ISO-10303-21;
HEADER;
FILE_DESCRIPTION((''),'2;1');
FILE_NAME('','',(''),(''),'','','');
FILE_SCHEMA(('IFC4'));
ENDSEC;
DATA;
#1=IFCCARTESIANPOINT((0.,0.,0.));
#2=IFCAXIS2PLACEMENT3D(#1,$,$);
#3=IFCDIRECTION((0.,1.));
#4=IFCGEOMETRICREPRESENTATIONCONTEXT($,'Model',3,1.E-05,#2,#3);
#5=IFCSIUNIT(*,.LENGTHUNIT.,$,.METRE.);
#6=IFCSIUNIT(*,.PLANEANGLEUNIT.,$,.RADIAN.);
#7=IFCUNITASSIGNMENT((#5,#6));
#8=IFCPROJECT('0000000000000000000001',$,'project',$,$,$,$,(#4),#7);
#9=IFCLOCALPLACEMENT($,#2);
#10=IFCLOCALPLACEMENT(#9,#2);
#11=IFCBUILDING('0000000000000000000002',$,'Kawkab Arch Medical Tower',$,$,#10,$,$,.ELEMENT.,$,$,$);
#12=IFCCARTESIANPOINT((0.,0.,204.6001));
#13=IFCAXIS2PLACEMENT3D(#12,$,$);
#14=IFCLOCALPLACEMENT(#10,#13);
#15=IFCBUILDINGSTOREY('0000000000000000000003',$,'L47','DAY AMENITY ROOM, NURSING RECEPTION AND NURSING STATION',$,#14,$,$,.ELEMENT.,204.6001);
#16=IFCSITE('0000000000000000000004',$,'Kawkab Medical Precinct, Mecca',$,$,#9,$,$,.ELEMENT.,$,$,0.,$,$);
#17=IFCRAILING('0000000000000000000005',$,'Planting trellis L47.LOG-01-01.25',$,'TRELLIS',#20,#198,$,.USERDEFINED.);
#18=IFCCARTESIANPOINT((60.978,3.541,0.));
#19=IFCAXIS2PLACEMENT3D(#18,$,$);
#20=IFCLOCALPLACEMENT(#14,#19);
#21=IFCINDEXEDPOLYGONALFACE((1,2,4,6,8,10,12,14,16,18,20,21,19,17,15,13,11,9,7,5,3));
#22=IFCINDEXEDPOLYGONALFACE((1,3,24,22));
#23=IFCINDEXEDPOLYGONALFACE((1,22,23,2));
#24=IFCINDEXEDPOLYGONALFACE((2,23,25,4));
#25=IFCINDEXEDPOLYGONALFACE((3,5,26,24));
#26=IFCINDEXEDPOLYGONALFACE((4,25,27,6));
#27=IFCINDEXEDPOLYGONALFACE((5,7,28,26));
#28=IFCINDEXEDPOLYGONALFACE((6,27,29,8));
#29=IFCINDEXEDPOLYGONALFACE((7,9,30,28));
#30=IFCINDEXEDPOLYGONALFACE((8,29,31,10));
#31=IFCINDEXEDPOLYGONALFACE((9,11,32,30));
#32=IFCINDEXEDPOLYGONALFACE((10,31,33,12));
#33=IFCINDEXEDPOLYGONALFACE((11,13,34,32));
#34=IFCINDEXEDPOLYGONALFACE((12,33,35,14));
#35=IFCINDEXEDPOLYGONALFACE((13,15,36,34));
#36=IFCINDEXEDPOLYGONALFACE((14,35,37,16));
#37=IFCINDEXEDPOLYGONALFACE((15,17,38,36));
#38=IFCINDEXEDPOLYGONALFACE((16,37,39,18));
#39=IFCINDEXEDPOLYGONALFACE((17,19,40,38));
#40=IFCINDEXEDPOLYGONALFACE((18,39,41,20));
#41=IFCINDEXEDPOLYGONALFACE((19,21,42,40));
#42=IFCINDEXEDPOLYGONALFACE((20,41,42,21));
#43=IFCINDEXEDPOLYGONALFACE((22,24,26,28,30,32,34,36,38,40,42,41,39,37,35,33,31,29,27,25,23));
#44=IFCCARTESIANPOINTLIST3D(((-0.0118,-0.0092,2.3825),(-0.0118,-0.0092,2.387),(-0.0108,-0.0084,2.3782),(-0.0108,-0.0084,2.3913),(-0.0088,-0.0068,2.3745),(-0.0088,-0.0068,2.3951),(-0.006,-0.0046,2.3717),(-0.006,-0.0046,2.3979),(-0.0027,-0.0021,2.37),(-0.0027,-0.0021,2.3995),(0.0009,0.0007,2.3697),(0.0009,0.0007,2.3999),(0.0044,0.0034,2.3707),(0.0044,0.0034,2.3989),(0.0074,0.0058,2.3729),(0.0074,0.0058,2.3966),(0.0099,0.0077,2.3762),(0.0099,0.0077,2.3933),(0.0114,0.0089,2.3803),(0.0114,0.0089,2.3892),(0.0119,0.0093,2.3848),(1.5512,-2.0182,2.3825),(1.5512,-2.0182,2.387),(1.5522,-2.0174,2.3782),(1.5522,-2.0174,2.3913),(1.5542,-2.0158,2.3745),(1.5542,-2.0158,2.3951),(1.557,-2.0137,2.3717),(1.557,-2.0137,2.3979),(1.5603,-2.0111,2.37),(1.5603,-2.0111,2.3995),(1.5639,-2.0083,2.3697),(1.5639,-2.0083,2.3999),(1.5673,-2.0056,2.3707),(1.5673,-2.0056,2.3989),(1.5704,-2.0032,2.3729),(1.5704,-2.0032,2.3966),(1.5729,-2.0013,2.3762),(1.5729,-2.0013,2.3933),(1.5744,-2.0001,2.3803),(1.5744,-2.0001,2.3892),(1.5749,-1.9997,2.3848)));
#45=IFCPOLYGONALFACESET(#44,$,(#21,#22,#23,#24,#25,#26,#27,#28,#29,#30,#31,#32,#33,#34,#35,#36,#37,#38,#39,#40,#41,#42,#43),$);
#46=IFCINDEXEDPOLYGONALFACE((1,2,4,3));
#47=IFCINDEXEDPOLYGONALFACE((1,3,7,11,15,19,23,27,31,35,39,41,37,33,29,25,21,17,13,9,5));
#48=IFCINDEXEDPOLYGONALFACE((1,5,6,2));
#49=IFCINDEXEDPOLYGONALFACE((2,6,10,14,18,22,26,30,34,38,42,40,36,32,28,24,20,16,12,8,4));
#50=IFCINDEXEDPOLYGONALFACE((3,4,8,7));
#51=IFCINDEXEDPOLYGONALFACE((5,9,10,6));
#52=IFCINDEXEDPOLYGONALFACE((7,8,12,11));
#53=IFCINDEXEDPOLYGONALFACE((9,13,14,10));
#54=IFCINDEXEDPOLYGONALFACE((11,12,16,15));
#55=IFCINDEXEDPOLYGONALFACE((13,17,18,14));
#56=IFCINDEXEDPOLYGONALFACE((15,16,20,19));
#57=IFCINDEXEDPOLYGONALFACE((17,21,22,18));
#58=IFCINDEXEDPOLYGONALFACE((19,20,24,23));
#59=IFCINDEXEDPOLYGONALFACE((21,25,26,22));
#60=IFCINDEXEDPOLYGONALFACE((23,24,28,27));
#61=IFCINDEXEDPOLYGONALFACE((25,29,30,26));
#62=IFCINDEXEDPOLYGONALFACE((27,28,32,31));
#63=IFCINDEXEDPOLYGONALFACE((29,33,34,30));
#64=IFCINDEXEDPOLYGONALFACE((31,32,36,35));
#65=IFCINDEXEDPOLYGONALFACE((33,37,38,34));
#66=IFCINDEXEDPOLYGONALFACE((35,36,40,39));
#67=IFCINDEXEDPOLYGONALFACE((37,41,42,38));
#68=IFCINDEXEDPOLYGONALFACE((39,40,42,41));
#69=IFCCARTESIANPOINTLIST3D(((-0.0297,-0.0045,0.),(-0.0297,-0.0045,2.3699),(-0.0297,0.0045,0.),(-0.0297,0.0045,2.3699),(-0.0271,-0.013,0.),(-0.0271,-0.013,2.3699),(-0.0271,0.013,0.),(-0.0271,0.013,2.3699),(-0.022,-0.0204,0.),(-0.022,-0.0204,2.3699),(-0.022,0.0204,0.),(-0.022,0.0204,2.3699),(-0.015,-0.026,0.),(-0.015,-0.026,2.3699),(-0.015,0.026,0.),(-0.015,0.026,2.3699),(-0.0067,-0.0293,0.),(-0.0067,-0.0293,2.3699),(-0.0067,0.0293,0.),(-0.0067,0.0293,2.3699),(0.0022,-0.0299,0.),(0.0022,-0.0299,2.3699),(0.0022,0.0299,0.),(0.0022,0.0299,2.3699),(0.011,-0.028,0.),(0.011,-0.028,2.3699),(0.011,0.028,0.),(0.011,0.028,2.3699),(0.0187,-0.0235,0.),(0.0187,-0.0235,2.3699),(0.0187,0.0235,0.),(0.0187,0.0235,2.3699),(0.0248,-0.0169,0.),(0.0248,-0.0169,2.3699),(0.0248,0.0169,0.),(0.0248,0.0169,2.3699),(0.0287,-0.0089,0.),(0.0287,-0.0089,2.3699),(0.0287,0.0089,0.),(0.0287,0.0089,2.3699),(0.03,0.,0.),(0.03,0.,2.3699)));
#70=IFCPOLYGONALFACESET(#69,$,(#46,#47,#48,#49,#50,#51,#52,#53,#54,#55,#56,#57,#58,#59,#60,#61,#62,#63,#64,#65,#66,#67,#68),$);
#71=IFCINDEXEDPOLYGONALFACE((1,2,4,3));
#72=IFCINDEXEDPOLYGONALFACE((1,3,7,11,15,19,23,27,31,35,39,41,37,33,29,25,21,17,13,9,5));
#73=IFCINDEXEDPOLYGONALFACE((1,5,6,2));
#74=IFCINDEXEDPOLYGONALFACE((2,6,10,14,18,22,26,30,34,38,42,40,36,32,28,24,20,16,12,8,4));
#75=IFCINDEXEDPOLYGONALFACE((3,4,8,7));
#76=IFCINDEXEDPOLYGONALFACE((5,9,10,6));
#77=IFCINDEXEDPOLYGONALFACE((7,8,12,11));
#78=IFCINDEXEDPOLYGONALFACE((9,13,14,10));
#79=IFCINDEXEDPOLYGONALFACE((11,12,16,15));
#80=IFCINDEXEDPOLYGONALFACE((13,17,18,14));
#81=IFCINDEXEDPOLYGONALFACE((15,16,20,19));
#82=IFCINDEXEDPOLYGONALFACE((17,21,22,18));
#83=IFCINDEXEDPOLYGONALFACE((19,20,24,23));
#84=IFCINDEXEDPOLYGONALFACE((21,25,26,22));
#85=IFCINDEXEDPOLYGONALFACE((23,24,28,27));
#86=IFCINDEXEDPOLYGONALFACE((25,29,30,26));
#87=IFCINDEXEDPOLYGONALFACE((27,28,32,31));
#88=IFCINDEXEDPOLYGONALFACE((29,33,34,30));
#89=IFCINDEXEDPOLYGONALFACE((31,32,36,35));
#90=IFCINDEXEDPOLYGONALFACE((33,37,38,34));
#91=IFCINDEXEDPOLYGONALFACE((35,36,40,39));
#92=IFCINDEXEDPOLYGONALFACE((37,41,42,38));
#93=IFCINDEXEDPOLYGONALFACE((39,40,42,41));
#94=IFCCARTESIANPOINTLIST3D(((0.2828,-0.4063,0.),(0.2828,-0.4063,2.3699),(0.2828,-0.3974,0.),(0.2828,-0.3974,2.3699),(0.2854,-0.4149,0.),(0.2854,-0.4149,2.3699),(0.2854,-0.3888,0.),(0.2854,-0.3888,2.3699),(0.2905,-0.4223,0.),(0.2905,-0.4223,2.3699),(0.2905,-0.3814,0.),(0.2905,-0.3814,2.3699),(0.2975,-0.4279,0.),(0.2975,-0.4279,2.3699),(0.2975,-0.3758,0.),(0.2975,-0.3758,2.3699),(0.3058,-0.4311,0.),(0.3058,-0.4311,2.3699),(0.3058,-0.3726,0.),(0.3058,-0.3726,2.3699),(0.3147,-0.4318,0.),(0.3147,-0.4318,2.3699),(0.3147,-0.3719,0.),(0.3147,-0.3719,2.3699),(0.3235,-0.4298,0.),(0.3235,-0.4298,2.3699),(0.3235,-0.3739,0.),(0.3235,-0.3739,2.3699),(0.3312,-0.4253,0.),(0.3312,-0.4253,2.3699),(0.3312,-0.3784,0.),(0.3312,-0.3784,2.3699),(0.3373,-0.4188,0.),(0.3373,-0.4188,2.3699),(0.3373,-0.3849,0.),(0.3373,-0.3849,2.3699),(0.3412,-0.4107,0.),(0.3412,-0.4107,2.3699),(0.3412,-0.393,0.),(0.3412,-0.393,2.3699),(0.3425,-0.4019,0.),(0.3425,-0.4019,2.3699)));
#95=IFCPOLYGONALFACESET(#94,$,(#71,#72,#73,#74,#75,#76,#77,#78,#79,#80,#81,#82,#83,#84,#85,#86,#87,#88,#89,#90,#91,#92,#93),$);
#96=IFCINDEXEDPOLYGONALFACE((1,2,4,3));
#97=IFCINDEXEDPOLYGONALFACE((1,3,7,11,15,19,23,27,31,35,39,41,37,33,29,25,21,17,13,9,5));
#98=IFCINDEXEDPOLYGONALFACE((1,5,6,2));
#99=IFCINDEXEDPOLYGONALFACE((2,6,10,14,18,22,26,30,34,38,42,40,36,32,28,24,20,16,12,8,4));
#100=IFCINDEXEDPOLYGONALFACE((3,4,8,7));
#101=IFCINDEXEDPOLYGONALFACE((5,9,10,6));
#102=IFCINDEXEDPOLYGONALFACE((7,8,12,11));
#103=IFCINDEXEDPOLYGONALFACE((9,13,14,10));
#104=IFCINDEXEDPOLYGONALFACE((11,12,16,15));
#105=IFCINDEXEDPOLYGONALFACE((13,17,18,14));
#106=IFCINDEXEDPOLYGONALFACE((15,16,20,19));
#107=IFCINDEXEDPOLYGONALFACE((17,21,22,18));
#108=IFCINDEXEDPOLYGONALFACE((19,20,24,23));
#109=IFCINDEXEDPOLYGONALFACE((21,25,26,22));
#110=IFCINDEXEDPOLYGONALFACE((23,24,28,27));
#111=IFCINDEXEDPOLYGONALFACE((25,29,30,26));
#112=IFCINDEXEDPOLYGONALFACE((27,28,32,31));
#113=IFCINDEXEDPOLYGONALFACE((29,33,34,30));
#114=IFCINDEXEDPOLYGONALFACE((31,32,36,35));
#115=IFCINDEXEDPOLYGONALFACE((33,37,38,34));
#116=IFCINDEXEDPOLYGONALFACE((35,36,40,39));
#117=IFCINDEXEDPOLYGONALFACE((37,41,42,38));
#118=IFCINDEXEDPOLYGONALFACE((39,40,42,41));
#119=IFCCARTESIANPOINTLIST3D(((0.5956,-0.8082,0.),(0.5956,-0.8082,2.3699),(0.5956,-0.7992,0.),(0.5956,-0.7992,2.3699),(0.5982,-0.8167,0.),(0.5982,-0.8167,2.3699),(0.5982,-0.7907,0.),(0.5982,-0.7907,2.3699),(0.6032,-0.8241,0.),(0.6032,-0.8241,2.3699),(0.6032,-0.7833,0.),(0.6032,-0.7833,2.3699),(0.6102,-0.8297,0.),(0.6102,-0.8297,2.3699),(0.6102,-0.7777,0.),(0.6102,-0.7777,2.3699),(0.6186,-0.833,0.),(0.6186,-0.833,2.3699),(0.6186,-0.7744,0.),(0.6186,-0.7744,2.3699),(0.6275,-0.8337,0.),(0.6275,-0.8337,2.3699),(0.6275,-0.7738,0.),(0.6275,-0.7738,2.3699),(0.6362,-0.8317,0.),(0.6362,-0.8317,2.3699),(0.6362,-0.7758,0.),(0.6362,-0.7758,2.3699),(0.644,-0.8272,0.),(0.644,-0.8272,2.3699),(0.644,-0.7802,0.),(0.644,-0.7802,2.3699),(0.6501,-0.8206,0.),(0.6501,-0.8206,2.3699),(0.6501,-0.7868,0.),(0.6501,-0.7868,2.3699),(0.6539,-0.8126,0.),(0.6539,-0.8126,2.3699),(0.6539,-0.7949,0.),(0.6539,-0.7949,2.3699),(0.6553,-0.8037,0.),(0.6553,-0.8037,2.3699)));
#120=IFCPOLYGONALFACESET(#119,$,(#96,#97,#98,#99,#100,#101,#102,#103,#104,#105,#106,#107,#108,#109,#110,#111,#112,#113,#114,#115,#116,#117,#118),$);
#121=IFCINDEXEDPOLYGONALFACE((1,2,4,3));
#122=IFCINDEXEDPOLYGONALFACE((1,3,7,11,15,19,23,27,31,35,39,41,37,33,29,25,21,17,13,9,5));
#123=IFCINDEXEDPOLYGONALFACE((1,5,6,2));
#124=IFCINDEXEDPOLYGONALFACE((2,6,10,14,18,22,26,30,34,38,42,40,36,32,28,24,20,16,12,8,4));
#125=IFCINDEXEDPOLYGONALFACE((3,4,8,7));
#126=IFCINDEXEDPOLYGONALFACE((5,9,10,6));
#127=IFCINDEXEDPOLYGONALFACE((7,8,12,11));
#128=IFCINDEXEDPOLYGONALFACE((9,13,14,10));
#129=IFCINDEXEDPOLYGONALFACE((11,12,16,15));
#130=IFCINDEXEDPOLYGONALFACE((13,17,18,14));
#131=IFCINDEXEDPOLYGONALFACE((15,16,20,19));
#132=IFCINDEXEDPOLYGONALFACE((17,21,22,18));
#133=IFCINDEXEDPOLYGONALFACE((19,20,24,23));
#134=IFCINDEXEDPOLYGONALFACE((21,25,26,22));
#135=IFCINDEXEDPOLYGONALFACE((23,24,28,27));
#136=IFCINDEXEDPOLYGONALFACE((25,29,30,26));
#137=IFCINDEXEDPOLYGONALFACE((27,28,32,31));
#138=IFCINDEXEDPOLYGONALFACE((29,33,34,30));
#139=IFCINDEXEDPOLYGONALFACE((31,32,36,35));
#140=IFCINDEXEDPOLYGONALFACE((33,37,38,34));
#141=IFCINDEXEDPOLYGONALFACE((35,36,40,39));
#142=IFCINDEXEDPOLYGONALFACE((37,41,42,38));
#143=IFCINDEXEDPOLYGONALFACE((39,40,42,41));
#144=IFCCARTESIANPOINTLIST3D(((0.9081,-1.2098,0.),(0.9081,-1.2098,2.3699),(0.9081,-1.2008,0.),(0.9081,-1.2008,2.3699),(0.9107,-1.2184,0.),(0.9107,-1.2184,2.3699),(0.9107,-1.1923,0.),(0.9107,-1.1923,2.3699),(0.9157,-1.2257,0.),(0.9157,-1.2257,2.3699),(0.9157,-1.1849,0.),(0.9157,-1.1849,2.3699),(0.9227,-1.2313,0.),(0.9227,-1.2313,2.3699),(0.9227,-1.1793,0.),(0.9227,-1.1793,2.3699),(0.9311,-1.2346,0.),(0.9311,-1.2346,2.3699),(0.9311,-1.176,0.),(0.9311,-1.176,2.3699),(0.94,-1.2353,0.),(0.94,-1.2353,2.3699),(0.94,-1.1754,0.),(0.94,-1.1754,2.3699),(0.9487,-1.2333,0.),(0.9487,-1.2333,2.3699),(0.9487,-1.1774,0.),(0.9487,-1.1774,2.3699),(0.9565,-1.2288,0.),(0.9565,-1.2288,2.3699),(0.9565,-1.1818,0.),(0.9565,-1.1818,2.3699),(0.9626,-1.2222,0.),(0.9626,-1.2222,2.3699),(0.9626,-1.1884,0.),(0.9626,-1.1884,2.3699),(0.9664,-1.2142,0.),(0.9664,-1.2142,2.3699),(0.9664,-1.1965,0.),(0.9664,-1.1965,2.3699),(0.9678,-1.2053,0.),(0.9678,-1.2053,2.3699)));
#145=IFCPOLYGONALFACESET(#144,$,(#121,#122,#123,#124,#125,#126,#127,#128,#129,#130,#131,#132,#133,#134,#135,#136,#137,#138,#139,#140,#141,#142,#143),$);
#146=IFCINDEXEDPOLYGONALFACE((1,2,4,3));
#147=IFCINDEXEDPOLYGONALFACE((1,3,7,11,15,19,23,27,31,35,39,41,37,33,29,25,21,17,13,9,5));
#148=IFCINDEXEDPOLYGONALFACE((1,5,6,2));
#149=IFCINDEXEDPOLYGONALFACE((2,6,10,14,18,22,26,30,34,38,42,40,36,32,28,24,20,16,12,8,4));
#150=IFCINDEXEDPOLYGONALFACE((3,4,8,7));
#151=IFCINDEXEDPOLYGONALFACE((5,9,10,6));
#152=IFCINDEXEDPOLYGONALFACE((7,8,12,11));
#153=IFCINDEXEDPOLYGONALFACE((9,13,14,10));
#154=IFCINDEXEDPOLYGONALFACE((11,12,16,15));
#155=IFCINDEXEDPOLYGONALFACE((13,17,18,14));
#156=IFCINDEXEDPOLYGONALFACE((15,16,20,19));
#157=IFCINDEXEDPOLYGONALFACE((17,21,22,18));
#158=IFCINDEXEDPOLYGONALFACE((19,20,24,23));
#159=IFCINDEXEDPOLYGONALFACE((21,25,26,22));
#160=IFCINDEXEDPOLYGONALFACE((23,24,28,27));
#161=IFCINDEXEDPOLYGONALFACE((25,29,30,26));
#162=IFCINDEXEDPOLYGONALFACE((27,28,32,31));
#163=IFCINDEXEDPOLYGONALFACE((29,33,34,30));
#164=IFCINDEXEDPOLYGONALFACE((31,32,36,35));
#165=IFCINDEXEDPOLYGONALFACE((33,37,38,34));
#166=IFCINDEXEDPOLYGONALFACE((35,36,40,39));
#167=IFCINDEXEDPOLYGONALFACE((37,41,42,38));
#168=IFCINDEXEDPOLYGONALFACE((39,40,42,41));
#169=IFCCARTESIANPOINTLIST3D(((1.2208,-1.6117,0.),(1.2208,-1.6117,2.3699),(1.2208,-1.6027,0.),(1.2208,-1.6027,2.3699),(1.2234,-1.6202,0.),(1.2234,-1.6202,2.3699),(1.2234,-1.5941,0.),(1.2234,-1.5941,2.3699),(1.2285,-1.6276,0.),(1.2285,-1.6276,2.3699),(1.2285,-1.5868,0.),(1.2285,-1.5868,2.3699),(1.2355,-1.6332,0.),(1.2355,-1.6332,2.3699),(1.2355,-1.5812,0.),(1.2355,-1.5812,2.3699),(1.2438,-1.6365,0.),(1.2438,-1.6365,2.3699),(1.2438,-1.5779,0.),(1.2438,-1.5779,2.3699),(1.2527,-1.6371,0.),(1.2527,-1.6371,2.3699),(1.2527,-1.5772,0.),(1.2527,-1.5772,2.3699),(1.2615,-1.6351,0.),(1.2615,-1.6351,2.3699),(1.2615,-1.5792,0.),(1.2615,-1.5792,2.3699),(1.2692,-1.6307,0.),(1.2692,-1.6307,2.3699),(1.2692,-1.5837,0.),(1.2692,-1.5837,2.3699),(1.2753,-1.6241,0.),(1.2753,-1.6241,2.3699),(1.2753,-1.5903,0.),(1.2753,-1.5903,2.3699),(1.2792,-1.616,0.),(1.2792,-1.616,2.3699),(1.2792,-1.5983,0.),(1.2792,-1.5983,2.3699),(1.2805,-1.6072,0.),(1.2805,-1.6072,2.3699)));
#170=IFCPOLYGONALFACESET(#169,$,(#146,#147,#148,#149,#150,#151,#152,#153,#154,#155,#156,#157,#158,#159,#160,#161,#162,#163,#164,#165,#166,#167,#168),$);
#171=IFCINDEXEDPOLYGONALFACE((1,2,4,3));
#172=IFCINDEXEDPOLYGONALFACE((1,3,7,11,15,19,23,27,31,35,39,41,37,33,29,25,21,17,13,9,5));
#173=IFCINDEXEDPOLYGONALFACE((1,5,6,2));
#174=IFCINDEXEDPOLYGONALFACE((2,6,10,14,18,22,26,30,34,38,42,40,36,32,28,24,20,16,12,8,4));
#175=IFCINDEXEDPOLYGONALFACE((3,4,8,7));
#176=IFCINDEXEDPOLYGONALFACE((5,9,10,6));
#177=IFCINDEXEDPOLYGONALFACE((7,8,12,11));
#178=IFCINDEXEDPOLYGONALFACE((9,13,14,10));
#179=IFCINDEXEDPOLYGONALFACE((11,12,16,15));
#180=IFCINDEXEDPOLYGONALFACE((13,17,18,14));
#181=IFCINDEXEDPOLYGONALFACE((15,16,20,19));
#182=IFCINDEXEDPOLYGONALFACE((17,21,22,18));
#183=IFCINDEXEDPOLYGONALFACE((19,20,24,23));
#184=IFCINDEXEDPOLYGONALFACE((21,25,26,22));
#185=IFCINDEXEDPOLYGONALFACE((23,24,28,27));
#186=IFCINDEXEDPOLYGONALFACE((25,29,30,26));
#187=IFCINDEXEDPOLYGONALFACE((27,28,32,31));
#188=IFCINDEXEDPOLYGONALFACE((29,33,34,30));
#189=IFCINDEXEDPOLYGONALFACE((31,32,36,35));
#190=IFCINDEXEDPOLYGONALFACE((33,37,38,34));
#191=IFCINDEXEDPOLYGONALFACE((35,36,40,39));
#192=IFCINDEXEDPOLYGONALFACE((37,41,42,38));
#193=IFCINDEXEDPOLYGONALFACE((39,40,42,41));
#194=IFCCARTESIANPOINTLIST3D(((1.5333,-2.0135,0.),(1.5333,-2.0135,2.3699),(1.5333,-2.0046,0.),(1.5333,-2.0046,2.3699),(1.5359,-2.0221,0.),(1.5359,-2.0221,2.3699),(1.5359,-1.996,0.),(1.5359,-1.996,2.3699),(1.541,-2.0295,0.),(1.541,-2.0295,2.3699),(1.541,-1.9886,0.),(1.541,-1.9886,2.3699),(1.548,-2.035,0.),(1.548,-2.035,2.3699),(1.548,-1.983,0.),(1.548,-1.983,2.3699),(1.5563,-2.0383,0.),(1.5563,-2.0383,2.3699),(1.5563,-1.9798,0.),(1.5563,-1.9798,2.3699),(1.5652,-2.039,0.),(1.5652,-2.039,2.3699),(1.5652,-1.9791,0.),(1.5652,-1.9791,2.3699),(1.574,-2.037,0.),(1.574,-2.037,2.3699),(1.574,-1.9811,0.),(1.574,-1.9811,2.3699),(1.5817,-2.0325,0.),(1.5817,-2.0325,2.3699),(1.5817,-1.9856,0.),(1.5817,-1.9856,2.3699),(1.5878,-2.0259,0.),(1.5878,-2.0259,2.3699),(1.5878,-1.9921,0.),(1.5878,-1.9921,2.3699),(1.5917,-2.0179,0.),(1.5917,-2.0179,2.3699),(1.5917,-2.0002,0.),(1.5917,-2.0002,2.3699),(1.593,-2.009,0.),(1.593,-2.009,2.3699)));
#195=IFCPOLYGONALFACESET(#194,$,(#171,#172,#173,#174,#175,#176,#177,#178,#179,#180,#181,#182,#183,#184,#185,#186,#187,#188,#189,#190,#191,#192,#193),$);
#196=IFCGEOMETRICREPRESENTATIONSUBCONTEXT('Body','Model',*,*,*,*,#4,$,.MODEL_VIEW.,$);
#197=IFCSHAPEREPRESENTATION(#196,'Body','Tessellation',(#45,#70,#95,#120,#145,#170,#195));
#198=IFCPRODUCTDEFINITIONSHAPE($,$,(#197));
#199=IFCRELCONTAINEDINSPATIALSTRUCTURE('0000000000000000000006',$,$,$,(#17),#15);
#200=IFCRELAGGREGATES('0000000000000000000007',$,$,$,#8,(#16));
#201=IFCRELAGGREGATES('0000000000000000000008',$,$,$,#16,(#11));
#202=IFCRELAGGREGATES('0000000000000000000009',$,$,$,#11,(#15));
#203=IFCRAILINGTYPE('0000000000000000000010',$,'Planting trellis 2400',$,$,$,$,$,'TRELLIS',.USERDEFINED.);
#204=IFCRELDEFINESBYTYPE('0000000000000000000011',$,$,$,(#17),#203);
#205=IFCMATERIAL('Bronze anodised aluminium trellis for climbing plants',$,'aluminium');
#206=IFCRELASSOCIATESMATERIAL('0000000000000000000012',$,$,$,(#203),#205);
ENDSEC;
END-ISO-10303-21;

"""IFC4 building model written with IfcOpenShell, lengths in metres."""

from ifc_helpers import new_model, si_unit, direction, frame, origin, origin_2d, place, context, subcontext, project, spatial, circle, extrude, material, type_object, element, save


model = new_model("IFC4")

# Units and contexts
model_context = context("Model", 3, precision=1e-05, world=origin(), true_north=direction((0.0, 1.0)))
body_context = subcontext(model_context, "Body", "Model", "MODEL_VIEW")
ifc_project = project(units=[si_unit("LENGTHUNIT", "METRE"), si_unit("PLANEANGLEUNIT", "RADIAN")], contexts=[model_context])

# Site, building, storey
site_placement = place(None, origin())
site = spatial("IfcSite", under=ifc_project, at=site_placement, Name="Kawkab Medical Precinct, Mecca", CompositionType="ELEMENT", RefElevation=0.0)
building_placement = place(site_placement, origin())
building = spatial("IfcBuilding", under=site, at=building_placement, Name="Kawkab Arch Medical Tower", CompositionType="ELEMENT")
storey_placement = place(building_placement, frame((0.0, 0.0, 204.6001)))
storey = spatial("IfcBuildingStorey", under=building, at=storey_placement, Name="L47", Description="DAY AMENITY ROOM, NURSING RECEPTION AND NURSING STATION", CompositionType="ELEMENT", Elevation=204.6001)

# Railing
ifc_material_1 = material(Name="Bronze anodised aluminium trellis for climbing plants", Category="aluminium")
railing_type_1 = type_object("IfcRailingType", Name="Planting trellis 2400", ElementType="TRELLIS", PredefinedType="USERDEFINED", material=ifc_material_1)
railing_1_placement = place(storey_placement, frame((60.978, 3.541, 0.0)))
element("IfcRailing", 1, at=railing_1_placement, inside=storey, type_object=railing_type_1, Name="Planting trellis L47.LOG-01-01.25", ObjectType="TRELLIS", PredefinedType="USERDEFINED", context=body_context, shape_type="SweptSolid", body=[
    extrude(circle(Radius=0.0151, at=origin_2d()), frame((0.0, 0.0, 2.3848), z_axis=(0.61404, -0.789275, 0.0), x_axis=(0.789275, 0.61404, 0.0)), (0.0, 0.0, 1.0), 2.5454),
    extrude(circle(Radius=0.03, at=origin_2d()), origin(), (0.0, 0.0, 1.0), 2.3699),
    extrude(circle(Radius=0.03, at=origin_2d()), frame((0.3125, -0.4019, 0.0)), (0.0, 0.0, 1.0), 2.3699),
    extrude(circle(Radius=0.03, at=origin_2d()), frame((0.6252, -0.8037, 0.0)), (0.0, 0.0, 1.0), 2.3699),
    extrude(circle(Radius=0.03, at=origin_2d()), frame((0.9377, -1.2053, 0.0)), (0.0, 0.0, 1.0), 2.3699),
    extrude(circle(Radius=0.03, at=origin_2d()), frame((1.2505, -1.6072, 0.0)), (0.0, 0.0, 1.0), 2.3699),
    extrude(circle(Radius=0.03, at=origin_2d()), frame((1.563, -2.009, 0.0)), (0.0, 0.0, 1.0), 2.3699),
])

save(model, "model.ifc")
